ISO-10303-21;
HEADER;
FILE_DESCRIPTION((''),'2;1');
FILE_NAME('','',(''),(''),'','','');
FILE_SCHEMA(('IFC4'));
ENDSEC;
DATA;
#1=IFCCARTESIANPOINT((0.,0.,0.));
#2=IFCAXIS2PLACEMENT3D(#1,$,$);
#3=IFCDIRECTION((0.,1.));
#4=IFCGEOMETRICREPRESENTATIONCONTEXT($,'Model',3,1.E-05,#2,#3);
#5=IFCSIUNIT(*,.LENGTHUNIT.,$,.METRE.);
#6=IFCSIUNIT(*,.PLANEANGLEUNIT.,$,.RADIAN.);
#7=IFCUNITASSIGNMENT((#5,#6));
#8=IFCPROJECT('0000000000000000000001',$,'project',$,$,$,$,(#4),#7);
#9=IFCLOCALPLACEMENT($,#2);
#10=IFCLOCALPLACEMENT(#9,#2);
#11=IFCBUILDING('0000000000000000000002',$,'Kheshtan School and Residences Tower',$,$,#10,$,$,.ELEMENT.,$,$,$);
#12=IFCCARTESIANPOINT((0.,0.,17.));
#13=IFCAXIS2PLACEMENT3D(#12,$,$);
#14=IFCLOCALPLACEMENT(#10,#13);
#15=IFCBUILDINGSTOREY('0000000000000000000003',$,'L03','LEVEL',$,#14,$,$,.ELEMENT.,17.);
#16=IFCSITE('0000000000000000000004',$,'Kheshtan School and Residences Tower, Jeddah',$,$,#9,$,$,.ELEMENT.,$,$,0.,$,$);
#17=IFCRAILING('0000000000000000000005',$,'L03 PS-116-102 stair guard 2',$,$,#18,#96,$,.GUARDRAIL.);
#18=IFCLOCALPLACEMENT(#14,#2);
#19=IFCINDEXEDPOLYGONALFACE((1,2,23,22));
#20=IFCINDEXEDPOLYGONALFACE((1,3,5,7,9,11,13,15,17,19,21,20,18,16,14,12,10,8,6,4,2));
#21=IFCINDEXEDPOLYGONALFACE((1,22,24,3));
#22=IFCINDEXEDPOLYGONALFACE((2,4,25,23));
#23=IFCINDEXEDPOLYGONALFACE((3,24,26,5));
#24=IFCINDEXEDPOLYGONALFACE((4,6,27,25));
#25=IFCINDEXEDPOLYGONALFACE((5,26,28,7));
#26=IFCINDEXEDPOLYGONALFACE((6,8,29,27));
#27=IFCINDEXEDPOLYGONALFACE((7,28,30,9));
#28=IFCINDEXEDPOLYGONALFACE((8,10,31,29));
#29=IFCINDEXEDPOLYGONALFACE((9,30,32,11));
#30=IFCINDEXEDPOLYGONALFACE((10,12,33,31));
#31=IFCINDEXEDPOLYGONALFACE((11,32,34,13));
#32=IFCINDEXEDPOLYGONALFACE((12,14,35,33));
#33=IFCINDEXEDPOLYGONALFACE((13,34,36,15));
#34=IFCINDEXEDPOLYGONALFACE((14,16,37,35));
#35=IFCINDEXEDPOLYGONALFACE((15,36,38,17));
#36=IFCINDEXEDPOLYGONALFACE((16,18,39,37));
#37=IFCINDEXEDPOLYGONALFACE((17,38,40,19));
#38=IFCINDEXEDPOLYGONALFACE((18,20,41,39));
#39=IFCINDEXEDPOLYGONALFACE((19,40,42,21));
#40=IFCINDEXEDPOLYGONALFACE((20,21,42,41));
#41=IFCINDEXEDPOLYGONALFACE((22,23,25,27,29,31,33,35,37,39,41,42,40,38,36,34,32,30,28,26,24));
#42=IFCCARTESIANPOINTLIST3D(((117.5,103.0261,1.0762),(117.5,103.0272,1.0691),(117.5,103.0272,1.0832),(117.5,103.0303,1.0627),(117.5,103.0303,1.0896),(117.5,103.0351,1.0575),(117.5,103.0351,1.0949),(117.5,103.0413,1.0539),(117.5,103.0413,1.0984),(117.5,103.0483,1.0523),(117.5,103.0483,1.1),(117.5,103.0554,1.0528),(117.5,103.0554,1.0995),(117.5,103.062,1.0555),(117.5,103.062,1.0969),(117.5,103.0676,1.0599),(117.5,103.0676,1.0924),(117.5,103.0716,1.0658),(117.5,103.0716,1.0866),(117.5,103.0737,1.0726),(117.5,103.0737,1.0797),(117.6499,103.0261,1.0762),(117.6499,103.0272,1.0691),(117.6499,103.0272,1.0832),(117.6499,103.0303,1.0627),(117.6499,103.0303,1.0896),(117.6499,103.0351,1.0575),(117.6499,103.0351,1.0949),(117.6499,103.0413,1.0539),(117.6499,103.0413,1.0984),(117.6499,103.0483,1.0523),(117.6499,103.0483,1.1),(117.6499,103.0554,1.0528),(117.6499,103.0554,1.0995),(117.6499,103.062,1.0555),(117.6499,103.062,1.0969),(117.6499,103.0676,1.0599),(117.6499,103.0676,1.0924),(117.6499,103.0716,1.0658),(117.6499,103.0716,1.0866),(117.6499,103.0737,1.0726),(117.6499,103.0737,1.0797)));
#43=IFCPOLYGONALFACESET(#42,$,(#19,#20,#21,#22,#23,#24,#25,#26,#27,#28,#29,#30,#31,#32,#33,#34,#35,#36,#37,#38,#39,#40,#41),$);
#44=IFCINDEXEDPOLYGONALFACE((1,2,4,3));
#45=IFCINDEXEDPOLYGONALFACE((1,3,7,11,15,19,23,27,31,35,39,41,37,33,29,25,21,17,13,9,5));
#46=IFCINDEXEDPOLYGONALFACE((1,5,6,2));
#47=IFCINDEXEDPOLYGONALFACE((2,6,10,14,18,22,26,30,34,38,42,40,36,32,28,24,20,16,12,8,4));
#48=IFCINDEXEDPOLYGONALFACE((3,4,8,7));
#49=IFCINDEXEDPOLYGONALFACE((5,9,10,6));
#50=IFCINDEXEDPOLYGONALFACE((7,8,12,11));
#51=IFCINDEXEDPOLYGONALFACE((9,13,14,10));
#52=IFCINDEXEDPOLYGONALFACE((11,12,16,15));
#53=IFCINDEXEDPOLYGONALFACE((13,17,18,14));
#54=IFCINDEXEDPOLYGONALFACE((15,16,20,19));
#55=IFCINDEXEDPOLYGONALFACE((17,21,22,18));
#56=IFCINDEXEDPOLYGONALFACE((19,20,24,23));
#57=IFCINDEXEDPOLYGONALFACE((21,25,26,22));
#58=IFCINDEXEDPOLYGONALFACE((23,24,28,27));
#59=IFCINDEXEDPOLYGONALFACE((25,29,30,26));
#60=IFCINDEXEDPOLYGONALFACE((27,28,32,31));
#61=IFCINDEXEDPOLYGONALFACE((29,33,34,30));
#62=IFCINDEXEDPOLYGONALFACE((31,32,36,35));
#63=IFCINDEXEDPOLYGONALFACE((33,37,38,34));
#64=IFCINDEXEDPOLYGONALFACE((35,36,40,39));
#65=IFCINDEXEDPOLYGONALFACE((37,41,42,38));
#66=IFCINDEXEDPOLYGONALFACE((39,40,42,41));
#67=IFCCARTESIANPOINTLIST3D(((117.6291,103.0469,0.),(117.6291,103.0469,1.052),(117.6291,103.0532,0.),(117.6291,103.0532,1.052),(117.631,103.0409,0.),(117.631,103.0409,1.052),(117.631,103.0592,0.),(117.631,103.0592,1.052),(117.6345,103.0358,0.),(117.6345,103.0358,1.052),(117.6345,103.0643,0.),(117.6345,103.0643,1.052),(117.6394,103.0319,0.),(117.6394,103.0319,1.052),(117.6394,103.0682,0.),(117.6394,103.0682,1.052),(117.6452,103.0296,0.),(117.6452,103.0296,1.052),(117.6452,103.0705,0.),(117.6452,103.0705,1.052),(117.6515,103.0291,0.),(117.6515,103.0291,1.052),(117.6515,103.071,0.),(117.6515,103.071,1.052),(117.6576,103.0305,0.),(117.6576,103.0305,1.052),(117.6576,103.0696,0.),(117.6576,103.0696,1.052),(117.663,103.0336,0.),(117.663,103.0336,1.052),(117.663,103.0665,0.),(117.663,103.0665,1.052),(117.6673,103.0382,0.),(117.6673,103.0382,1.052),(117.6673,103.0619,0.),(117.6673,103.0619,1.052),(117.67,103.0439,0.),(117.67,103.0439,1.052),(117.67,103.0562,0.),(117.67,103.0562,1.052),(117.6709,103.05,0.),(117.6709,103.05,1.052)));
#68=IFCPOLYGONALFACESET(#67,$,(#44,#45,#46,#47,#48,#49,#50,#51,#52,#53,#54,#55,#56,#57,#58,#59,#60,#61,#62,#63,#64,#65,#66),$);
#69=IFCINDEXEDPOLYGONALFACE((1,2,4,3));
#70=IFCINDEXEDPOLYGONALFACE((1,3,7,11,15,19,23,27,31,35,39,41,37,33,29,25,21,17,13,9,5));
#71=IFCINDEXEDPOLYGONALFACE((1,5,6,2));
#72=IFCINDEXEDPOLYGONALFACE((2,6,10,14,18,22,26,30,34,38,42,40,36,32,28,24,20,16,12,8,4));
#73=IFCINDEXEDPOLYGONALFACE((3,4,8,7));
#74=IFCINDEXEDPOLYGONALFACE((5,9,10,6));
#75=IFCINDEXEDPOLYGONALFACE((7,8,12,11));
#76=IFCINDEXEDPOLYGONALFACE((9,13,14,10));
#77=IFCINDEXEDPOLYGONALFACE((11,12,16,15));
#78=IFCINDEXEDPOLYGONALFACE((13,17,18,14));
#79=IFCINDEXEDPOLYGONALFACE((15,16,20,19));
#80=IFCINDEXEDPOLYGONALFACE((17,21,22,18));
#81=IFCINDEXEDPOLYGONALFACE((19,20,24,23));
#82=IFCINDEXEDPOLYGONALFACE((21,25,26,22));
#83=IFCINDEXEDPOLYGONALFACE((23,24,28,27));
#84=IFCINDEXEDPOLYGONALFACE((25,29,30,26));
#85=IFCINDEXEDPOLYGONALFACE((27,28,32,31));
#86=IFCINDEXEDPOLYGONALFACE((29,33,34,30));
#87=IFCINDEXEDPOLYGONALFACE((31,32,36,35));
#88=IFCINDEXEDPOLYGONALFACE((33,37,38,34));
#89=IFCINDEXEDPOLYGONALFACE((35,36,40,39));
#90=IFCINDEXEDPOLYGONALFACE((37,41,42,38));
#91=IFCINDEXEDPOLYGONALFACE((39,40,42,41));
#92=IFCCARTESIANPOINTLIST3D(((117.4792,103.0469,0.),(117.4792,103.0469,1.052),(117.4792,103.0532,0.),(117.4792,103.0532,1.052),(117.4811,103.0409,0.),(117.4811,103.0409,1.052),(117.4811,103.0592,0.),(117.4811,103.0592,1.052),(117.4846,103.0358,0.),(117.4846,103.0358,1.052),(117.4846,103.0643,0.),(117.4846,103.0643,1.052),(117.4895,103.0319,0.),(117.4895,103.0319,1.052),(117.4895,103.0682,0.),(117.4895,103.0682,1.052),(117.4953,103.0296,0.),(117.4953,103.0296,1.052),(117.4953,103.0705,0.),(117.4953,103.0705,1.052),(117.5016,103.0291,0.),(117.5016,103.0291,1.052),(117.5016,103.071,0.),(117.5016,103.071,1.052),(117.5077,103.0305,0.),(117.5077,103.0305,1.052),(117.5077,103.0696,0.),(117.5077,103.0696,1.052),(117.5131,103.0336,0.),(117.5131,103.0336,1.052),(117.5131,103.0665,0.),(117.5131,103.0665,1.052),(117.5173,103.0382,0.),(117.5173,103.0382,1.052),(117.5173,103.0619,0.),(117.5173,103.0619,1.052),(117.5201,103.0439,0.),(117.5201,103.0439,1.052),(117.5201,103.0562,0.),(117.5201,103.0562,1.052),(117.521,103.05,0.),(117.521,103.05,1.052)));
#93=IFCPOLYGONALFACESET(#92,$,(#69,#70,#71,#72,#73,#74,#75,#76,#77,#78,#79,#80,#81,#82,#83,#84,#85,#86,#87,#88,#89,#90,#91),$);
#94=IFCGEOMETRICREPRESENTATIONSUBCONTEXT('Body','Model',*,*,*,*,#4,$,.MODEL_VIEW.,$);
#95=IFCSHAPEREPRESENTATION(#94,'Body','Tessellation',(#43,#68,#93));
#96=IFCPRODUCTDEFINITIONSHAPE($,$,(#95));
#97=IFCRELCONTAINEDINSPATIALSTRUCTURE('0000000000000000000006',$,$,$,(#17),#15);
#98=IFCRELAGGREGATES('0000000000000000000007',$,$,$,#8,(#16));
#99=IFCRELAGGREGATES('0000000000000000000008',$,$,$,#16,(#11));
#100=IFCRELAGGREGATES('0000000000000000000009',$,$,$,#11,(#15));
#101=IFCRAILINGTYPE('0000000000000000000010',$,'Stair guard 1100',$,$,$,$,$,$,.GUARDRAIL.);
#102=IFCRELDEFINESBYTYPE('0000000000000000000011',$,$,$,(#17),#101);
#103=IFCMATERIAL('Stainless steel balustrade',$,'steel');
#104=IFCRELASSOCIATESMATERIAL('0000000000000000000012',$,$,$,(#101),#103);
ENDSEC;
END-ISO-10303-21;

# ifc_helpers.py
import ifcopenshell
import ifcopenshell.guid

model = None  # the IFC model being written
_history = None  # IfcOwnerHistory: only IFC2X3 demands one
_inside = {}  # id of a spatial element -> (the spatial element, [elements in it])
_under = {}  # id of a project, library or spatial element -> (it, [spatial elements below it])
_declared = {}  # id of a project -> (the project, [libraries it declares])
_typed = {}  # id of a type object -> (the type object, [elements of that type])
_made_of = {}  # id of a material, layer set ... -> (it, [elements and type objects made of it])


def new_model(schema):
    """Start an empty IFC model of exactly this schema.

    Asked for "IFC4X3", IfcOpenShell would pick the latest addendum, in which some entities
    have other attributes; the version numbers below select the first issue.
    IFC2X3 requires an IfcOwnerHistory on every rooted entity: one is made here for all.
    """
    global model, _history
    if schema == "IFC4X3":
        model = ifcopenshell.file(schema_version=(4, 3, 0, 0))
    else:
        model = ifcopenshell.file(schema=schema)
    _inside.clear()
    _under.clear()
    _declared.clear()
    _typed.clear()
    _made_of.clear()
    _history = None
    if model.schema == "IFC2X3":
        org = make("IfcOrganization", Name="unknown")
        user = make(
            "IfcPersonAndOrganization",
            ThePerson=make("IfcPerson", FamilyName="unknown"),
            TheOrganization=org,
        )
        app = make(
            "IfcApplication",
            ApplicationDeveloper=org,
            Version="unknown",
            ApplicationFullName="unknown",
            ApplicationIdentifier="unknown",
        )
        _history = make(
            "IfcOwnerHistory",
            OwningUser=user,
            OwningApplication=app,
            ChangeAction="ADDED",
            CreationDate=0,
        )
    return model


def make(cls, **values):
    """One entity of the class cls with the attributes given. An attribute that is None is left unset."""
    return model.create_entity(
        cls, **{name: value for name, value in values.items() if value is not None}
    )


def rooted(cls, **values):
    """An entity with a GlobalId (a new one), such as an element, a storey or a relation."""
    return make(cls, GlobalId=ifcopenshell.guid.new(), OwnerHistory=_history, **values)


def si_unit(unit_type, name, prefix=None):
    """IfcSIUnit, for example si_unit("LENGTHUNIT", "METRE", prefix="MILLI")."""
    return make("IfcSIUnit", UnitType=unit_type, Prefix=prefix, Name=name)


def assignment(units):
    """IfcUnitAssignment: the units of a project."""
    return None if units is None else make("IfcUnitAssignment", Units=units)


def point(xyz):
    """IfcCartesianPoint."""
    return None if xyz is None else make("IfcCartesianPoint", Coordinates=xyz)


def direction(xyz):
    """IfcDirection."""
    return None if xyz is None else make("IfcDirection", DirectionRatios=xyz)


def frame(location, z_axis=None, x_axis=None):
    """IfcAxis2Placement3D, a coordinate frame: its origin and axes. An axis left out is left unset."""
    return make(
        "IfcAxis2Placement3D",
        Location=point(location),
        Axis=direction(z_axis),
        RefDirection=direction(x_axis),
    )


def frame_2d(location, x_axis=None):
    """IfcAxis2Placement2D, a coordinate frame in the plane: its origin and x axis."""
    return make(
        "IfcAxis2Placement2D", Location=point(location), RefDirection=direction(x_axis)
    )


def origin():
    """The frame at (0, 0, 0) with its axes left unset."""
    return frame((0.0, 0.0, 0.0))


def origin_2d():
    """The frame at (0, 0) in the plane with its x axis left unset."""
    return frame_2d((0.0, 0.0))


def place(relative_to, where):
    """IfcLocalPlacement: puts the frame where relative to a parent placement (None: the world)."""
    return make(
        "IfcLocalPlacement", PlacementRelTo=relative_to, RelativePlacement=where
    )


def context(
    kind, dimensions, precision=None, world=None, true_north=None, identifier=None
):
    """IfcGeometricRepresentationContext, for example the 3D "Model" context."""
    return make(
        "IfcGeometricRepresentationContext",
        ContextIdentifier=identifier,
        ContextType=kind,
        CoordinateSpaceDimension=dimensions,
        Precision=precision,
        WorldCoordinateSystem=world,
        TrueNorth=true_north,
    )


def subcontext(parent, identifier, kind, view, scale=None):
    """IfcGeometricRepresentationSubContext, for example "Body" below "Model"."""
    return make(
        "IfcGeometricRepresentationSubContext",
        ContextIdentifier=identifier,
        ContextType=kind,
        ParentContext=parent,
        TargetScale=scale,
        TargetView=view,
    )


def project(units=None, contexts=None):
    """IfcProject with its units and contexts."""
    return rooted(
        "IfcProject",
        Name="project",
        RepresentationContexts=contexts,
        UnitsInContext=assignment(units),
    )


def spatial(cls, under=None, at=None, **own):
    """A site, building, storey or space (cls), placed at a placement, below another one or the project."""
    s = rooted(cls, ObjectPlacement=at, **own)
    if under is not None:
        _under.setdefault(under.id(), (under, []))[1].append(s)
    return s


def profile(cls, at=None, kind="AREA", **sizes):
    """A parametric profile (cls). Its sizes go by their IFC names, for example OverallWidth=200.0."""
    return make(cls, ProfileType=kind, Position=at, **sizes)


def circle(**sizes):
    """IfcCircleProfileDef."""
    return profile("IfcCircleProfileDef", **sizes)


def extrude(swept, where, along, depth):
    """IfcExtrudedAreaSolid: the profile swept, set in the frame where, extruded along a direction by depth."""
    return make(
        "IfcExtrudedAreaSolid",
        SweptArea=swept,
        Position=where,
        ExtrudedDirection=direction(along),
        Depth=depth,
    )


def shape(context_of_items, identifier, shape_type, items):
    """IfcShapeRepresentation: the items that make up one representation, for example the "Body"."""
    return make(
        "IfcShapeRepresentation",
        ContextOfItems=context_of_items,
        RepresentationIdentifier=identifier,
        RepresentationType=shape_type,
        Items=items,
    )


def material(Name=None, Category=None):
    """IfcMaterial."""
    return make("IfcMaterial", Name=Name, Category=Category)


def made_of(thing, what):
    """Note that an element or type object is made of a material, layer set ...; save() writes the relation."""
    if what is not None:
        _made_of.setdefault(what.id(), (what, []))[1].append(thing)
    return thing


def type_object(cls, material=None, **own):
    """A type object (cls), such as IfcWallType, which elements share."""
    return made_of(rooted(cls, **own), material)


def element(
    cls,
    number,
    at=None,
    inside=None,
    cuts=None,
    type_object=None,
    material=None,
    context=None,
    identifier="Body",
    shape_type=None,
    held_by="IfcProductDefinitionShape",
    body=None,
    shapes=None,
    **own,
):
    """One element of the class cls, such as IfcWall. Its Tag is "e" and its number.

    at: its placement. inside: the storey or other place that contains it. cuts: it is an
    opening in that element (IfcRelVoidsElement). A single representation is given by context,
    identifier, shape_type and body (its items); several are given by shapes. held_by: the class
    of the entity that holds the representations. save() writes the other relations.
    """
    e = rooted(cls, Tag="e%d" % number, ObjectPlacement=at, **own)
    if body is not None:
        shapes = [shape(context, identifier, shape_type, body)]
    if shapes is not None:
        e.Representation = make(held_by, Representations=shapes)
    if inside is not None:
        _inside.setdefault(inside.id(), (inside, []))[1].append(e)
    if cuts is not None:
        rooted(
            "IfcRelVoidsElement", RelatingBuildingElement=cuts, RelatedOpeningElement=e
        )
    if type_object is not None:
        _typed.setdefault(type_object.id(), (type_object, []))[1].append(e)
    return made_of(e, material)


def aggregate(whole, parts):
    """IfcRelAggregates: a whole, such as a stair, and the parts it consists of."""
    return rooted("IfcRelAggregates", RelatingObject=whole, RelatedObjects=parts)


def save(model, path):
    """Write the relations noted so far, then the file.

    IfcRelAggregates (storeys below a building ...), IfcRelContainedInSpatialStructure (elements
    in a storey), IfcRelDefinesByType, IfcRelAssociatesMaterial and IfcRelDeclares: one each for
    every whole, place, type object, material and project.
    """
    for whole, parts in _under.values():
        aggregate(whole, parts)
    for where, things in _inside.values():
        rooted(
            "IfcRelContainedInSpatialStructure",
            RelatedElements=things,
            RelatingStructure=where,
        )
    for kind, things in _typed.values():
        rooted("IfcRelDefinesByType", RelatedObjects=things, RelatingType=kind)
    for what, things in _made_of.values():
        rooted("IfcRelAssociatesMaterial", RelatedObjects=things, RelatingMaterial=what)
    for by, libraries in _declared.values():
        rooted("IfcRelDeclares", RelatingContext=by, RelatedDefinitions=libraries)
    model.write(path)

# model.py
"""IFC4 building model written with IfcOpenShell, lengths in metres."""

from ifc_helpers import new_model, si_unit, direction, frame, origin, origin_2d, place, context, subcontext, project, spatial, circle, extrude, material, type_object, element, save


model = new_model("IFC4")

# Units and contexts
model_context = context("Model", 3, precision=1e-05, world=origin(), true_north=direction((0.0, 1.0)))
body_context = subcontext(model_context, "Body", "Model", "MODEL_VIEW")
ifc_project = project(units=[si_unit("LENGTHUNIT", "METRE"), si_unit("PLANEANGLEUNIT", "RADIAN")], contexts=[model_context])

# Site, building, storey
site_placement = place(None, origin())
site = spatial("IfcSite", under=ifc_project, at=site_placement, Name="Kheshtan School and Residences Tower, Jeddah", CompositionType="ELEMENT", RefElevation=0.0)
building_placement = place(site_placement, origin())
building = spatial("IfcBuilding", under=site, at=building_placement, Name="Kheshtan School and Residences Tower", CompositionType="ELEMENT")
storey_placement = place(building_placement, frame((0.0, 0.0, 17.0)))
storey = spatial("IfcBuildingStorey", under=building, at=storey_placement, Name="L03", Description="LEVEL", CompositionType="ELEMENT", Elevation=17.0)

# Railing
ifc_material_1 = material(Name="Stainless steel balustrade", Category="steel")
railing_type_1 = type_object("IfcRailingType", Name="Stair guard 1100", PredefinedType="GUARDRAIL", material=ifc_material_1)
railing_1_placement = place(storey_placement, frame((117.6499, 103.05, 0.0)))
element("IfcRailing", 1, at=railing_1_placement, inside=storey, type_object=railing_type_1, Name="L03 PS-116-102 stair guard 2", PredefinedType="GUARDRAIL", context=body_context, shape_type="SweptSolid", body=[
    extrude(circle(Radius=0.0239, at=origin_2d()), frame((0.0, 0.0, 1.0762), z_axis=(-1.0, 0.0, 0.0), x_axis=(0.0, -1.0, 0.0)), (0.0, 0.0, 1.0), 0.1499),
    extrude(circle(Radius=0.021, at=origin_2d()), origin(), (0.0, 0.0, 1.0), 1.052),
    extrude(circle(Radius=0.021, at=origin_2d()), frame((-0.1499, 0.0, 0.0)), (0.0, 0.0, 1.0), 1.052),
])

save(model, "model.ifc")
